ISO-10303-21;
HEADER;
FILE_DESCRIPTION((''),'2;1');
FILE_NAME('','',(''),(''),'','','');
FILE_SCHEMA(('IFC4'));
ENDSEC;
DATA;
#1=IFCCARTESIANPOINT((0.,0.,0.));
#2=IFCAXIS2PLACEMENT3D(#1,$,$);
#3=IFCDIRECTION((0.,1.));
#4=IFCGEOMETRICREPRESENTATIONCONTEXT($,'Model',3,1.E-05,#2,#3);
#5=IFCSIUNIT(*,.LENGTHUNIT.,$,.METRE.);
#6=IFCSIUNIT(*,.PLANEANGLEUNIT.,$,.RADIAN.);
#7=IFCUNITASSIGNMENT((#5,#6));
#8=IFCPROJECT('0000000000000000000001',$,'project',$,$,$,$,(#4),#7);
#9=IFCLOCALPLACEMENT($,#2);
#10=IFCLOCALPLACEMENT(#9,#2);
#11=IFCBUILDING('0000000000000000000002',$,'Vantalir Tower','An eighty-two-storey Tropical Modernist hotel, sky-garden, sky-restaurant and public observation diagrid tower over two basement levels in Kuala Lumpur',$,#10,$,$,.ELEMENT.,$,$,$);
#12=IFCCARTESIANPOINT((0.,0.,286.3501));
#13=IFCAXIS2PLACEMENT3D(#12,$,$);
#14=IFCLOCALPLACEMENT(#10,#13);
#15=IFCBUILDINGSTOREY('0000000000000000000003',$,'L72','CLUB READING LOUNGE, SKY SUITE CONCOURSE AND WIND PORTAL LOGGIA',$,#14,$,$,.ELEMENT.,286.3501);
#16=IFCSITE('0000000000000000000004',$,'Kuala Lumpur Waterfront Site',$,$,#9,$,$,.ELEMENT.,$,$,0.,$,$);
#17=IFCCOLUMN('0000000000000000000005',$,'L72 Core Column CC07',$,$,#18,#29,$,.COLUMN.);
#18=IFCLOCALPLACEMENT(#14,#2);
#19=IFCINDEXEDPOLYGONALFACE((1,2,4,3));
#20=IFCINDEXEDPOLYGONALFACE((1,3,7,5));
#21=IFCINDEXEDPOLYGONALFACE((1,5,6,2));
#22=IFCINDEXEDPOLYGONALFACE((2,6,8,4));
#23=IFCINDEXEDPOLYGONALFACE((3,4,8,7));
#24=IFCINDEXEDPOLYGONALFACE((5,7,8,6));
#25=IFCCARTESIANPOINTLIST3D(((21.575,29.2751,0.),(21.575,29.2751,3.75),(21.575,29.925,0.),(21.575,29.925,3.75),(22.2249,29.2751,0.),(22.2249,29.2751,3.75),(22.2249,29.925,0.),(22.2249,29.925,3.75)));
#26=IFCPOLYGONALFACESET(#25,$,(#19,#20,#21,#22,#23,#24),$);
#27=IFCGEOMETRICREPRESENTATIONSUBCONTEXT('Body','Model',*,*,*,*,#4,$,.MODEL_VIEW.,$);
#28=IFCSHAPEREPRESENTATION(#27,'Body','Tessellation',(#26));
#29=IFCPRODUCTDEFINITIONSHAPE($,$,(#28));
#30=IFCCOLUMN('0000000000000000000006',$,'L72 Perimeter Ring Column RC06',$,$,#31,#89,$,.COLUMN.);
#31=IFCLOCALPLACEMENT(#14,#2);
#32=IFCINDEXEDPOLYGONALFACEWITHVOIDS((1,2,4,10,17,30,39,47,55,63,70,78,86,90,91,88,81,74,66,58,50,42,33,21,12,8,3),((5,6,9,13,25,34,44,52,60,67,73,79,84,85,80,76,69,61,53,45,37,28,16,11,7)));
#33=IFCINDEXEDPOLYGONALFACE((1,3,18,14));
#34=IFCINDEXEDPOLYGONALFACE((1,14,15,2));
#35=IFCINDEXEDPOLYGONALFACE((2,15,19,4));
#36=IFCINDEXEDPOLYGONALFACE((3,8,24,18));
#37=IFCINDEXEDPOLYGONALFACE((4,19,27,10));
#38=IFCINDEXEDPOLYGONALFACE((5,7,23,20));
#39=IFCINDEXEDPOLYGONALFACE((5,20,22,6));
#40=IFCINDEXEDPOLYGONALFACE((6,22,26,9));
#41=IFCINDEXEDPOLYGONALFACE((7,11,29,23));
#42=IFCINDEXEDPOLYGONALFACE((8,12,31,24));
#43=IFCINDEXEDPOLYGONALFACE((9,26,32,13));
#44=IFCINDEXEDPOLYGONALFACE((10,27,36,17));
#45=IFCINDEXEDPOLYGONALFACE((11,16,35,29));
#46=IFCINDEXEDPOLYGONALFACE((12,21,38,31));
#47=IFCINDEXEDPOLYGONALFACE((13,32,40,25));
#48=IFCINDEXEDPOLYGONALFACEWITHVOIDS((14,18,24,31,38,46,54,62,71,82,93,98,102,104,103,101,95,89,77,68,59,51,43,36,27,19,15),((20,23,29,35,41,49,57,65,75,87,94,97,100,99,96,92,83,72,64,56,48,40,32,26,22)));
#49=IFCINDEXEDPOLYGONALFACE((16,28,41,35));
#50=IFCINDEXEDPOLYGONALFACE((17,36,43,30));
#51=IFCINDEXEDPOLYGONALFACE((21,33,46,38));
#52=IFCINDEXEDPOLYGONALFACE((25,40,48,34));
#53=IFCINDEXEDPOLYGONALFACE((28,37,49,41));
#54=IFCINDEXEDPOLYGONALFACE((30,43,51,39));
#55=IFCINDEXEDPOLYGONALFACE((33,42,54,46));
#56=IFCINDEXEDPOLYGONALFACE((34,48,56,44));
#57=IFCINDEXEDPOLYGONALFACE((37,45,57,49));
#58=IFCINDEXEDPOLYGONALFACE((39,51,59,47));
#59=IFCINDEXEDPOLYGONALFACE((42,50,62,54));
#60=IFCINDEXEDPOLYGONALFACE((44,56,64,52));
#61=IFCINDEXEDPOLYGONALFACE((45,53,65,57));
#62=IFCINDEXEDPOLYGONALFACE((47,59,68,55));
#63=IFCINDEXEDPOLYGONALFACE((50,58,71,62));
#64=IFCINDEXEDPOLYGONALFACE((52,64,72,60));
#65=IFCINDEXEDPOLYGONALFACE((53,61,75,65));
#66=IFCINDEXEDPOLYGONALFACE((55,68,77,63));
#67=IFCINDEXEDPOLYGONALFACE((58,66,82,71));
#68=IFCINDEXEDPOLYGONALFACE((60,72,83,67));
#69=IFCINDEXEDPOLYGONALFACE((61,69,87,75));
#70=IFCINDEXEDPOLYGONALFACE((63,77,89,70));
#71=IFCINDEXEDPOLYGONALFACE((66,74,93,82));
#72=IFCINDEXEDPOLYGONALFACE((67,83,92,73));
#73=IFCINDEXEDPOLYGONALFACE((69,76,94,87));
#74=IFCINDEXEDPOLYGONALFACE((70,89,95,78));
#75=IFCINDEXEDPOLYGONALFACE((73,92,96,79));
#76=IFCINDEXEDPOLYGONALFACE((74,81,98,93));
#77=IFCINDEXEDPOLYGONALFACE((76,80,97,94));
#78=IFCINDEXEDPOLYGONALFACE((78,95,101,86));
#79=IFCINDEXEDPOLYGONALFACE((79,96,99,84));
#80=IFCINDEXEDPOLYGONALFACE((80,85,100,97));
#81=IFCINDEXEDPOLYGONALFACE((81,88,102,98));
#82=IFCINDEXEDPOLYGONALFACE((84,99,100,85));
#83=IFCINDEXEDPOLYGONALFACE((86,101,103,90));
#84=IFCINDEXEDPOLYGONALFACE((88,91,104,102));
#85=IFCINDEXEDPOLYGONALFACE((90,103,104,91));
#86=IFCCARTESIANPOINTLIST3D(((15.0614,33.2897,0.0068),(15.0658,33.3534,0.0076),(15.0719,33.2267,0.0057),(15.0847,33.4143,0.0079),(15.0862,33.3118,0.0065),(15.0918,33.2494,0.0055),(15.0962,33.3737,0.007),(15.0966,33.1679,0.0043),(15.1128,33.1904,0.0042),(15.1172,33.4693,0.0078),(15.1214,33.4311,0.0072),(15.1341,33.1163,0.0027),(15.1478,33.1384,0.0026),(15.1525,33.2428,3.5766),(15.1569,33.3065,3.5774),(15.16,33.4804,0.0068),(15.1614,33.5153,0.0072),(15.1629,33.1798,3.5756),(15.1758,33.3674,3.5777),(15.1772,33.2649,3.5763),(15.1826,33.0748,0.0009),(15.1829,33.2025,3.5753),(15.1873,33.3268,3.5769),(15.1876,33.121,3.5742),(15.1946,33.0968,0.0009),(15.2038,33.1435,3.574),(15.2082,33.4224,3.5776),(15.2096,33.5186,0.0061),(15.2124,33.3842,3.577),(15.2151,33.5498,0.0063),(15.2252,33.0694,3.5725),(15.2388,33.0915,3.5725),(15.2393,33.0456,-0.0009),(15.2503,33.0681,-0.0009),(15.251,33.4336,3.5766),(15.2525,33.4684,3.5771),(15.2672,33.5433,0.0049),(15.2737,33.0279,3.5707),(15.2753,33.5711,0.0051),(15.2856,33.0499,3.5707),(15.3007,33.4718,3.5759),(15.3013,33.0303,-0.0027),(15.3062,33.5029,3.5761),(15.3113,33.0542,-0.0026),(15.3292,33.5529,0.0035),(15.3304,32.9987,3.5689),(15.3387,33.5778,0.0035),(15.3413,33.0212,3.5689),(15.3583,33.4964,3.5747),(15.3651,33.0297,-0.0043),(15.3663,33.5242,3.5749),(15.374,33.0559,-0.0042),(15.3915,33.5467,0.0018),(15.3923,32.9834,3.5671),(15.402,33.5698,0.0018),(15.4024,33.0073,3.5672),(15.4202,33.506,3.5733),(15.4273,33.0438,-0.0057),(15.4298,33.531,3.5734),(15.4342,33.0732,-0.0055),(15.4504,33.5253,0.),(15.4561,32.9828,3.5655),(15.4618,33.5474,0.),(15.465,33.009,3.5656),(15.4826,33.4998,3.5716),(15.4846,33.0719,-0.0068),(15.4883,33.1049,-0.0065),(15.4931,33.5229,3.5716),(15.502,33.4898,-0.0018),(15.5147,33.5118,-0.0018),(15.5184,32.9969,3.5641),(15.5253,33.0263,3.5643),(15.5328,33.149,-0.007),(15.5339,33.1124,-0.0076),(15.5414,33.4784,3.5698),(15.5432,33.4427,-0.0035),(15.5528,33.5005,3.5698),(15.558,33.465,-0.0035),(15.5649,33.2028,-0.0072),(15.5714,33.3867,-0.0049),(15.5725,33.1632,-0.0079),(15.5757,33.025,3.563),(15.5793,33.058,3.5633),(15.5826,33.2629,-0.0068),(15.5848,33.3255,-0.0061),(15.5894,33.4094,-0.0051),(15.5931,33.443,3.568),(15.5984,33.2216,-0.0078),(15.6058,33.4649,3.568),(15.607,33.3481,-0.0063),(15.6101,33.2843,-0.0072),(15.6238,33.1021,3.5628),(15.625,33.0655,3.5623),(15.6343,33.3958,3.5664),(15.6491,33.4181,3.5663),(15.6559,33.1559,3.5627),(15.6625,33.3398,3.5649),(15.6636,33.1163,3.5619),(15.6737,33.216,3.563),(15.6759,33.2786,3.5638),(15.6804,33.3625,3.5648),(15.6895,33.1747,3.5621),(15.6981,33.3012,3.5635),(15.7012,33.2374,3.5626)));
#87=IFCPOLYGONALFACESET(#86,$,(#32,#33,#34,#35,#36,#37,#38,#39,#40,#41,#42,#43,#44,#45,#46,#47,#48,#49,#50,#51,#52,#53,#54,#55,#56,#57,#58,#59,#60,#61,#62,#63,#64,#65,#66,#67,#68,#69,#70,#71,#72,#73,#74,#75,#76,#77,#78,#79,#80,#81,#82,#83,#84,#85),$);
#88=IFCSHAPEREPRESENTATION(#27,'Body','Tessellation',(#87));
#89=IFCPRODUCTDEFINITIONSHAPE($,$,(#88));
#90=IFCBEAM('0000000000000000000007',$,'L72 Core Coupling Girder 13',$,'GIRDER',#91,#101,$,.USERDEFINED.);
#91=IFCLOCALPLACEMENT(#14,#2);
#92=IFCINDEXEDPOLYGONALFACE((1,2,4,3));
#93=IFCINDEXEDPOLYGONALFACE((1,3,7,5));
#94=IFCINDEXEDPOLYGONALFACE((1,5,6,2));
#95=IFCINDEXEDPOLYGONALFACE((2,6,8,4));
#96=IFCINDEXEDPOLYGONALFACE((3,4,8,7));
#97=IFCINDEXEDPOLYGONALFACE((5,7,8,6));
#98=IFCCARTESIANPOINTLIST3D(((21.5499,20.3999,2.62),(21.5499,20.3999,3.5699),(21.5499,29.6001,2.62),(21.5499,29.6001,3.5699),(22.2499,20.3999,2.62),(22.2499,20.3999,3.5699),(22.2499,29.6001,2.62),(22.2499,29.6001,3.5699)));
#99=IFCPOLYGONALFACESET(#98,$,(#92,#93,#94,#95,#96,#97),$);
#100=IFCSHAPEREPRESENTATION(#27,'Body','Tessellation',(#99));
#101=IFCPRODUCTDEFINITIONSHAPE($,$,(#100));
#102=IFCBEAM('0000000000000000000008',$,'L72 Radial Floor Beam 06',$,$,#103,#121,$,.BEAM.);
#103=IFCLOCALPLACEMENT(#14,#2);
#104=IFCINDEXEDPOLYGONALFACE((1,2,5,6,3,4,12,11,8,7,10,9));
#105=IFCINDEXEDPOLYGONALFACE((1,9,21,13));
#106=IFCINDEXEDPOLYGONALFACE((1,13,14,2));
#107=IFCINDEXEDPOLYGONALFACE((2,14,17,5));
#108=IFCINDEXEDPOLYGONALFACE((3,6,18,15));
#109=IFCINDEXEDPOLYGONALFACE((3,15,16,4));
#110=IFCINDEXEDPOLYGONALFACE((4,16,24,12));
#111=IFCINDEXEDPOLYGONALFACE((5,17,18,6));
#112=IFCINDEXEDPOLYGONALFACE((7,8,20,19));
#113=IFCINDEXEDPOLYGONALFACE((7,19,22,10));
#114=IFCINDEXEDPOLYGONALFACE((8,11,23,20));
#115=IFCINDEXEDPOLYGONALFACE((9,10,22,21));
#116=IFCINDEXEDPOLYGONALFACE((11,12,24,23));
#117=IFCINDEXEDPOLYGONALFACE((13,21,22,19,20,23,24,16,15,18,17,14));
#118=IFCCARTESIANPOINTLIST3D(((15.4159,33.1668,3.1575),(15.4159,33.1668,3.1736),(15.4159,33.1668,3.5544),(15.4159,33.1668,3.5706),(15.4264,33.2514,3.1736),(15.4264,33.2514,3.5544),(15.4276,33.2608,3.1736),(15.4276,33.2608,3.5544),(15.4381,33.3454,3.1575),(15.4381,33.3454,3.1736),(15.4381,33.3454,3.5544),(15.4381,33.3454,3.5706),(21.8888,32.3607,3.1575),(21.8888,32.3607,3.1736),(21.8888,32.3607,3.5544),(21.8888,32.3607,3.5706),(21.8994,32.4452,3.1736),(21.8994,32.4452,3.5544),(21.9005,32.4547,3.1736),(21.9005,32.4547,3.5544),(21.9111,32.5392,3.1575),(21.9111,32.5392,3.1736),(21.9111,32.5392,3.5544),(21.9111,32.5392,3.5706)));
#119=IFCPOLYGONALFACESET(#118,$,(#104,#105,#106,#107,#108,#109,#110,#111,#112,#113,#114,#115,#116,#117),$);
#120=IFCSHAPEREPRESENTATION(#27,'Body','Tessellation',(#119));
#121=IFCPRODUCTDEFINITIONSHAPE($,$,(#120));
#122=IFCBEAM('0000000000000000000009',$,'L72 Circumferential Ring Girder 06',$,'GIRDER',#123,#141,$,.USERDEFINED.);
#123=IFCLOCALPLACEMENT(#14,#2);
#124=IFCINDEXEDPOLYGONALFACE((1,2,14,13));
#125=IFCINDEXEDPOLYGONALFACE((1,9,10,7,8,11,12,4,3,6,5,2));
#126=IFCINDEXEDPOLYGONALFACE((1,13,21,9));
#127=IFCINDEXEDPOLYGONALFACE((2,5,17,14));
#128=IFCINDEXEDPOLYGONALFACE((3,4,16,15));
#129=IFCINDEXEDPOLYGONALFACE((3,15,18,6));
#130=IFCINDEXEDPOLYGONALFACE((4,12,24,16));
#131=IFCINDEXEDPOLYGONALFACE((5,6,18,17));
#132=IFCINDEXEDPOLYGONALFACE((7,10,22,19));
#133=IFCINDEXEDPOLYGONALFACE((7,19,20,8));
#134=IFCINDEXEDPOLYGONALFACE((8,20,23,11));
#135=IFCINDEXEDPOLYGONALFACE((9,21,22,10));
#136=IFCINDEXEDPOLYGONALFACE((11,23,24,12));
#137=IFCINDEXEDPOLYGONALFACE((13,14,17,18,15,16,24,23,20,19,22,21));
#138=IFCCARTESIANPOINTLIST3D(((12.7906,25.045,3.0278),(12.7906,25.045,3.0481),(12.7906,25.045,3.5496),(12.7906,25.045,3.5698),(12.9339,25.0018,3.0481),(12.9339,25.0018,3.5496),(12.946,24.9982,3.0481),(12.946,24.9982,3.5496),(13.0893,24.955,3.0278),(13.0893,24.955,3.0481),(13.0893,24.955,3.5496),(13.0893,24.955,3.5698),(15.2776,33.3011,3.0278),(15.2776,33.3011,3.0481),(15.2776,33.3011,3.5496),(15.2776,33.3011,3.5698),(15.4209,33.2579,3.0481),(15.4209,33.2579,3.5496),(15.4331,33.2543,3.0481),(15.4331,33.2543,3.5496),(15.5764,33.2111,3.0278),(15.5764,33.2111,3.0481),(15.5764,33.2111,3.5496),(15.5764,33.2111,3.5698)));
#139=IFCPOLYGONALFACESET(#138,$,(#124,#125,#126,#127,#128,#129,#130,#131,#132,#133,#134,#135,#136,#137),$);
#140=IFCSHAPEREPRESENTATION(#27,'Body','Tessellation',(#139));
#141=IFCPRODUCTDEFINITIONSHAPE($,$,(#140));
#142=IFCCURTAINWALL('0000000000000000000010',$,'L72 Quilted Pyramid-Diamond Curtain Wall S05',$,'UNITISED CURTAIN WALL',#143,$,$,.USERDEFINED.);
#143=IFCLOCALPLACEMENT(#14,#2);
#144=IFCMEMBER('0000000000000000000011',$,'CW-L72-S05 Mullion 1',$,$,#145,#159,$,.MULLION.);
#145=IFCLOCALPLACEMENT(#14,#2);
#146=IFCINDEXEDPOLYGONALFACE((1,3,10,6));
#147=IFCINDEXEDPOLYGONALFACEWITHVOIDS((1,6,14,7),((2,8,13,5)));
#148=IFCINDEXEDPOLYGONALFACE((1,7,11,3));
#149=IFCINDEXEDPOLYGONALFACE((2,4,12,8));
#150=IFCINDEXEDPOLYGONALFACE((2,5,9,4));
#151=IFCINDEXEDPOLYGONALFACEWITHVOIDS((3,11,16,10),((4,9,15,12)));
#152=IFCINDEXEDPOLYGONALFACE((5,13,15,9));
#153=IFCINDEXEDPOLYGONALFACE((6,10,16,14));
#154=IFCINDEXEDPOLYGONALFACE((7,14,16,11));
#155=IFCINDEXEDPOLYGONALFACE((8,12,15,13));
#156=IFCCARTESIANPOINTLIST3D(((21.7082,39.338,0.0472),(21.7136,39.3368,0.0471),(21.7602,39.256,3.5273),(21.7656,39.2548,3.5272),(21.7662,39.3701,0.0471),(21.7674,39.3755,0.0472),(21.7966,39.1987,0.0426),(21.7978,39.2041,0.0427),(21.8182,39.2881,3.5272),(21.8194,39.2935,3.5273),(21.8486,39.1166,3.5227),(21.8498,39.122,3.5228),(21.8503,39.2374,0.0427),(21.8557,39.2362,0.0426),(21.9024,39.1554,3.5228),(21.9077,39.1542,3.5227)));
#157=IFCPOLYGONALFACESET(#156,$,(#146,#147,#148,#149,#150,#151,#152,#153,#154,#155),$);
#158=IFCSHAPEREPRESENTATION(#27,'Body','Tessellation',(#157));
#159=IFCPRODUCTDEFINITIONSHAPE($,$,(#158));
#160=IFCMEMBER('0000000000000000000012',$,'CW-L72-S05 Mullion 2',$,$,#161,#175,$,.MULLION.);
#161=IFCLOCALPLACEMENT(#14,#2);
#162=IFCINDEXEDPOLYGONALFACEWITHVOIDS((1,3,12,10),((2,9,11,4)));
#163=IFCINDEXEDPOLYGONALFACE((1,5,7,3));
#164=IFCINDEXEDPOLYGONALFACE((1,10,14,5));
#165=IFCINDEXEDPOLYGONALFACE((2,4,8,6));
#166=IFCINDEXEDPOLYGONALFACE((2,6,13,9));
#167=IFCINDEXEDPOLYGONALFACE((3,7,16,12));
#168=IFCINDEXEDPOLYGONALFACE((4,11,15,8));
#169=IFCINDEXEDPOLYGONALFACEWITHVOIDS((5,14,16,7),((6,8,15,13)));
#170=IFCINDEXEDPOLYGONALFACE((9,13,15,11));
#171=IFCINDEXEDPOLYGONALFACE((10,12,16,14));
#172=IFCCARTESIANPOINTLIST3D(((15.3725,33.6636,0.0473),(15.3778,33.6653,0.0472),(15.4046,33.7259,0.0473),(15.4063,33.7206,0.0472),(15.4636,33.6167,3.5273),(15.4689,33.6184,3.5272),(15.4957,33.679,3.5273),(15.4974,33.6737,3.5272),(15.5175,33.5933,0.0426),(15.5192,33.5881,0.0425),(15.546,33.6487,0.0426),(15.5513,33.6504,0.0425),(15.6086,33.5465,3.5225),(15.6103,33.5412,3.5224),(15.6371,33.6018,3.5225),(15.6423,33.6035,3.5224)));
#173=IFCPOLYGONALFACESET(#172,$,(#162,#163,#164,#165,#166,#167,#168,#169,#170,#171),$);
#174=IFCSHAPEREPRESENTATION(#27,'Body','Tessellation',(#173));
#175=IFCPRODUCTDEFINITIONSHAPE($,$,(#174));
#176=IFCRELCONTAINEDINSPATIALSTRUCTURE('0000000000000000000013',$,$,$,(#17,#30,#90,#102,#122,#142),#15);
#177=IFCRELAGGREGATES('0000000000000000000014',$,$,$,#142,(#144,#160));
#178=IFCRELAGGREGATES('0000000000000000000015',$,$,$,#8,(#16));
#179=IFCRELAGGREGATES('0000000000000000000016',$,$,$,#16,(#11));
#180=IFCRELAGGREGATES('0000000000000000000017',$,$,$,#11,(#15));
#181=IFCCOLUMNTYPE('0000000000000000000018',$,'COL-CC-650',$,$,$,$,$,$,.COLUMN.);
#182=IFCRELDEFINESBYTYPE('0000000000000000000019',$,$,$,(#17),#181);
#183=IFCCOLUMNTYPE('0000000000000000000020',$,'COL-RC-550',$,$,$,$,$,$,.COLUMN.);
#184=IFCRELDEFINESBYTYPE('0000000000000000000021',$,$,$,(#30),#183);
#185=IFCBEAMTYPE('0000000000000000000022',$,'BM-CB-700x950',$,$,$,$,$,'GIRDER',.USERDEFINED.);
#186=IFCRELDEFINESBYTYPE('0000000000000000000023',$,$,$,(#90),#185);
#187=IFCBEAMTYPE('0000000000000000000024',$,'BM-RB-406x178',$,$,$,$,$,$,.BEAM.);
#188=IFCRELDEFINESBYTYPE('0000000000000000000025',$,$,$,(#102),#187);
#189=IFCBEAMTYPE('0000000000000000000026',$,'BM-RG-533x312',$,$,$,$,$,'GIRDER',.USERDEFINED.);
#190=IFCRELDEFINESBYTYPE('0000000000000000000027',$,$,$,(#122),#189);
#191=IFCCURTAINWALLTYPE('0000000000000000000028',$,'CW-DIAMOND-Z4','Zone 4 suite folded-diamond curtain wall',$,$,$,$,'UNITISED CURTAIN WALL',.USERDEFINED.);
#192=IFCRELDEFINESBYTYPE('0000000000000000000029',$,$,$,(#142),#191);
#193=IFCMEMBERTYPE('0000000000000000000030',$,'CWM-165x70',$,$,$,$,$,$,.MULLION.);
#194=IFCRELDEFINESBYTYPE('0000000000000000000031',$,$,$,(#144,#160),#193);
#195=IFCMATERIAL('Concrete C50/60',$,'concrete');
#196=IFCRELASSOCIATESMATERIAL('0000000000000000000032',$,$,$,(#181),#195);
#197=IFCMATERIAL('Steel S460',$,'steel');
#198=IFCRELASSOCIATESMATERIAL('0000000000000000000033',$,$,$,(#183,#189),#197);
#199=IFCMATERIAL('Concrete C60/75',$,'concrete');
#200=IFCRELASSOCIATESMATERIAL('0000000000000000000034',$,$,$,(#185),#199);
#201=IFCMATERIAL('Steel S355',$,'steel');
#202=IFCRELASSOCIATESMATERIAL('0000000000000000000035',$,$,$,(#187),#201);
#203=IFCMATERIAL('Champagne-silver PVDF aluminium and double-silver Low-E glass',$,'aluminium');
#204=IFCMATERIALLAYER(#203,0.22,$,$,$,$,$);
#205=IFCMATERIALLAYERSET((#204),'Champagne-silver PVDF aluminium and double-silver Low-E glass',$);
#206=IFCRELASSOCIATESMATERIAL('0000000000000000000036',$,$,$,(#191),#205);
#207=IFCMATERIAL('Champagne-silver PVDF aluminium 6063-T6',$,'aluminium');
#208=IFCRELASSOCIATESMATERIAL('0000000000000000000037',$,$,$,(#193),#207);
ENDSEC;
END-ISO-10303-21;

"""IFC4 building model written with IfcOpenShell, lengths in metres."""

from ifc_helpers import new_model, si_unit, direction, frame, origin, origin_2d, place, context, subcontext, project, spatial, rectangle, hollow_rectangle, hollow_circle, i_section, extrude, material, layer, layer_set, material_profile, profile_set, type_object, element, aggregate, save


model = new_model("IFC4")

# Units and contexts
model_context = context("Model", 3, precision=1e-05, world=origin(), true_north=direction((0.0, 1.0)))
body_context = subcontext(model_context, "Body", "Model", "MODEL_VIEW")
ifc_project = project(units=[si_unit("LENGTHUNIT", "METRE"), si_unit("PLANEANGLEUNIT", "RADIAN")], contexts=[model_context])

# Site, building, storey
site_placement = place(None, origin())
site = spatial("IfcSite", under=ifc_project, at=site_placement, Name="Kuala Lumpur Waterfront Site", CompositionType="ELEMENT", RefElevation=0.0)
building_placement = place(site_placement, origin())
building = spatial("IfcBuilding", under=site, at=building_placement, Name="Vantalir Tower", Description="An eighty-two-storey Tropical Modernist hotel, sky-garden, sky-restaurant and public observation diagrid tower over two basement levels in Kuala Lumpur", CompositionType="ELEMENT")
storey_placement = place(building_placement, frame((0.0, 0.0, 286.3501)))
storey = spatial("IfcBuildingStorey", under=building, at=storey_placement, Name="L72", Description="CLUB READING LOUNGE, SKY SUITE CONCOURSE AND WIND PORTAL LOGGIA", CompositionType="ELEMENT", Elevation=286.3501)

# Columns
ifc_material_1 = material(Name="Concrete C50/60", Category="concrete")
ifc_material_profile_1 = material_profile(ifc_material_1, rectangle(XDim=0.6499, YDim=0.6499, at=origin_2d()), Name="Concrete C50/60")
ifc_profile_set_1 = profile_set([ifc_material_profile_1], Name="Concrete C50/60")
column_type_1 = type_object("IfcColumnType", Name="COL-CC-650", PredefinedType="COLUMN", material=ifc_profile_set_1)
column_1_placement = place(storey_placement, frame((21.8999, 29.6001, 0.0), z_axis=(0.0, 0.0, 1.0), x_axis=(1.0, 0.0, 0.0)))
element("IfcColumn", 1, at=column_1_placement, inside=storey, type_object=column_type_1, Name="L72 Core Column CC07", PredefinedType="COLUMN", context=body_context, shape_type="SweptSolid", body=[
    extrude(rectangle(XDim=0.6499, YDim=0.6499, at=origin_2d()), origin(), (0.0, 0.0, 1.0), 3.75),
])
ifc_material_2 = material(Name="Steel S460", Category="steel")
ifc_material_profile_2 = material_profile(ifc_material_2, hollow_circle(Radius=0.2749, WallThickness=0.0249, at=origin_2d()), Name="Steel S460")
ifc_profile_set_2 = profile_set([ifc_material_profile_2], Name="Steel S460")
column_type_2 = type_object("IfcColumnType", Name="COL-RC-550", PredefinedType="COLUMN", material=ifc_profile_set_2)
column_2_placement = place(storey_placement, frame((15.3359, 33.303, 0.0), z_axis=(0.025499, -0.013125, 0.999589), x_axis=(0.457671, 0.889122, 0.0)))
element("IfcColumn", 2, at=column_2_placement, inside=storey, type_object=column_type_2, Name="L72 Perimeter Ring Column RC06", PredefinedType="COLUMN", context=body_context, shape_type="SweptSolid", body=[
    extrude(hollow_circle(Radius=0.2749, WallThickness=0.0249, at=origin_2d()), origin(), (0.0, 0.0, 1.0), 3.5713),
])

# Beams
ifc_material_3 = material(Name="Concrete C60/75", Category="concrete")
ifc_material_profile_3 = material_profile(ifc_material_3, rectangle(XDim=0.7, YDim=0.95, at=origin_2d()), Name="Concrete C60/75")
ifc_profile_set_3 = profile_set([ifc_material_profile_3], Name="Concrete C60/75")
beam_type_1 = type_object("IfcBeamType", Name="BM-CB-700x950", ElementType="GIRDER", PredefinedType="USERDEFINED", material=ifc_profile_set_3)
beam_1_placement = place(storey_placement, frame((21.8999, 29.6001, 3.095), z_axis=(0.0, -1.0, 0.0), x_axis=(1.0, 0.0, 0.0)))
element("IfcBeam", 3, at=beam_1_placement, inside=storey, type_object=beam_type_1, Name="L72 Core Coupling Girder 13", ObjectType="GIRDER", PredefinedType="USERDEFINED", context=body_context, shape_type="SweptSolid", body=[
    extrude(rectangle(XDim=0.7, YDim=0.95, at=origin_2d()), origin(), (0.0, 0.0, 1.0), 9.2002),
])
ifc_material_4 = material(Name="Steel S355", Category="steel")
ifc_material_profile_4 = material_profile(ifc_material_4, i_section(OverallWidth=0.1799, OverallDepth=0.4131, WebThickness=0.0095, FlangeThickness=0.0161, at=origin_2d()), Name="Steel S355")
ifc_profile_set_4 = profile_set([ifc_material_profile_4], Name="Steel S355")
beam_type_2 = type_object("IfcBeamType", Name="BM-RB-406x178", PredefinedType="BEAM", material=ifc_profile_set_4)
beam_2_placement = place(storey_placement, frame((15.427, 33.2561, 3.364), z_axis=(0.992334, -0.123588, 0.0), x_axis=(0.123588, 0.992334, 0.0)))
element("IfcBeam", 4, at=beam_2_placement, inside=storey, type_object=beam_type_2, Name="L72 Radial Floor Beam 06", PredefinedType="BEAM", context=body_context, shape_type="SweptSolid", body=[
    extrude(i_section(OverallWidth=0.1799, OverallDepth=0.4131, WebThickness=0.0095, FlangeThickness=0.0161, at=origin_2d()), origin(), (0.0, 0.0, 1.0), 6.5229),
])
ifc_material_profile_5 = material_profile(ifc_material_2, i_section(OverallWidth=0.312, OverallDepth=0.542, WebThickness=0.0127, FlangeThickness=0.0203, at=origin_2d()), Name="Steel S460")
ifc_profile_set_5 = profile_set([ifc_material_profile_5], Name="Steel S460")
beam_type_3 = type_object("IfcBeamType", Name="BM-RG-533x312", ElementType="GIRDER", PredefinedType="USERDEFINED", material=ifc_profile_set_5)
beam_3_placement = place(storey_placement, frame((15.427, 33.2561, 3.2988), z_axis=(-0.288436, -0.957499, 0.0), x_axis=(0.957499, -0.288436, 0.0)))
element("IfcBeam", 5, at=beam_3_placement, inside=storey, type_object=beam_type_3, Name="L72 Circumferential Ring Girder 06", ObjectType="GIRDER", PredefinedType="USERDEFINED", context=body_context, shape_type="SweptSolid", body=[
    extrude(i_section(OverallWidth=0.312, OverallDepth=0.542, WebThickness=0.0127, FlangeThickness=0.0203, at=origin_2d()), origin(), (0.0, 0.0, 1.0), 8.6226),
])

# Curtain wall, members
ifc_material_5 = material(Name="Champagne-silver PVDF aluminium and double-silver Low-E glass", Category="aluminium")
ifc_layer_1 = layer(ifc_material_5, 0.22)
ifc_layer_set_1 = layer_set([ifc_layer_1], Name="Champagne-silver PVDF aluminium and double-silver Low-E glass")
curtain_wall_type = type_object("IfcCurtainWallType", Name="CW-DIAMOND-Z4", Description="Zone 4 suite folded-diamond curtain wall", ElementType="UNITISED CURTAIN WALL", PredefinedType="USERDEFINED", material=ifc_layer_set_1)
curtain_wall_1_placement = place(storey_placement, origin())
curtain_wall_1 = element("IfcCurtainWall", 6, at=curtain_wall_1_placement, inside=storey, type_object=curtain_wall_type, Name="L72 Quilted Pyramid-Diamond Curtain Wall S05", ObjectType="UNITISED CURTAIN WALL", PredefinedType="USERDEFINED")
ifc_material_6 = material(Name="Champagne-silver PVDF aluminium 6063-T6", Category="aluminium")
ifc_material_profile_6 = material_profile(ifc_material_6, hollow_rectangle(XDim=0.0701, YDim=0.165, WallThickness=0.0039, at=origin_2d()), Name="Champagne-silver PVDF aluminium 6063-T6")
ifc_profile_set_6 = profile_set([ifc_material_profile_6], Name="Champagne-silver PVDF aluminium 6063-T6")
member_type_1 = type_object("IfcMemberType", Name="CWM-165x70", PredefinedType="MULLION", material=ifc_profile_set_6)
member_1_placement = place(storey_placement, frame((21.782, 39.2871, 0.0449), z_axis=(0.014937, -0.023563, 0.999611), x_axis=(0.844592, 0.535411, 0.0)))
member_1 = element("IfcMember", 7, at=member_1_placement, type_object=member_type_1, Name="CW-L72-S05 Mullion 1", PredefinedType="MULLION", context=body_context, shape_type="SweptSolid", body=[
    extrude(hollow_rectangle(XDim=0.0701, YDim=0.165, WallThickness=0.0039, at=origin_2d()), origin(), (0.0, 0.0, 1.0), 3.4814),
])
member_2_placement = place(storey_placement, frame((15.4619, 33.657, 0.0449), z_axis=(0.026157, -0.013464, 0.999567), x_axis=(0.457671, 0.889122, 0.0)))
member_2 = element("IfcMember", 8, at=member_2_placement, type_object=member_type_1, Name="CW-L72-S05 Mullion 2", PredefinedType="MULLION", context=body_context, shape_type="SweptSolid", body=[
    extrude(hollow_rectangle(XDim=0.0701, YDim=0.165, WallThickness=0.0039, at=origin_2d()), origin(), (0.0, 0.0, 1.0), 3.4814),
])

aggregate(curtain_wall_1, [member_1, member_2])

save(model, "model.ifc")
